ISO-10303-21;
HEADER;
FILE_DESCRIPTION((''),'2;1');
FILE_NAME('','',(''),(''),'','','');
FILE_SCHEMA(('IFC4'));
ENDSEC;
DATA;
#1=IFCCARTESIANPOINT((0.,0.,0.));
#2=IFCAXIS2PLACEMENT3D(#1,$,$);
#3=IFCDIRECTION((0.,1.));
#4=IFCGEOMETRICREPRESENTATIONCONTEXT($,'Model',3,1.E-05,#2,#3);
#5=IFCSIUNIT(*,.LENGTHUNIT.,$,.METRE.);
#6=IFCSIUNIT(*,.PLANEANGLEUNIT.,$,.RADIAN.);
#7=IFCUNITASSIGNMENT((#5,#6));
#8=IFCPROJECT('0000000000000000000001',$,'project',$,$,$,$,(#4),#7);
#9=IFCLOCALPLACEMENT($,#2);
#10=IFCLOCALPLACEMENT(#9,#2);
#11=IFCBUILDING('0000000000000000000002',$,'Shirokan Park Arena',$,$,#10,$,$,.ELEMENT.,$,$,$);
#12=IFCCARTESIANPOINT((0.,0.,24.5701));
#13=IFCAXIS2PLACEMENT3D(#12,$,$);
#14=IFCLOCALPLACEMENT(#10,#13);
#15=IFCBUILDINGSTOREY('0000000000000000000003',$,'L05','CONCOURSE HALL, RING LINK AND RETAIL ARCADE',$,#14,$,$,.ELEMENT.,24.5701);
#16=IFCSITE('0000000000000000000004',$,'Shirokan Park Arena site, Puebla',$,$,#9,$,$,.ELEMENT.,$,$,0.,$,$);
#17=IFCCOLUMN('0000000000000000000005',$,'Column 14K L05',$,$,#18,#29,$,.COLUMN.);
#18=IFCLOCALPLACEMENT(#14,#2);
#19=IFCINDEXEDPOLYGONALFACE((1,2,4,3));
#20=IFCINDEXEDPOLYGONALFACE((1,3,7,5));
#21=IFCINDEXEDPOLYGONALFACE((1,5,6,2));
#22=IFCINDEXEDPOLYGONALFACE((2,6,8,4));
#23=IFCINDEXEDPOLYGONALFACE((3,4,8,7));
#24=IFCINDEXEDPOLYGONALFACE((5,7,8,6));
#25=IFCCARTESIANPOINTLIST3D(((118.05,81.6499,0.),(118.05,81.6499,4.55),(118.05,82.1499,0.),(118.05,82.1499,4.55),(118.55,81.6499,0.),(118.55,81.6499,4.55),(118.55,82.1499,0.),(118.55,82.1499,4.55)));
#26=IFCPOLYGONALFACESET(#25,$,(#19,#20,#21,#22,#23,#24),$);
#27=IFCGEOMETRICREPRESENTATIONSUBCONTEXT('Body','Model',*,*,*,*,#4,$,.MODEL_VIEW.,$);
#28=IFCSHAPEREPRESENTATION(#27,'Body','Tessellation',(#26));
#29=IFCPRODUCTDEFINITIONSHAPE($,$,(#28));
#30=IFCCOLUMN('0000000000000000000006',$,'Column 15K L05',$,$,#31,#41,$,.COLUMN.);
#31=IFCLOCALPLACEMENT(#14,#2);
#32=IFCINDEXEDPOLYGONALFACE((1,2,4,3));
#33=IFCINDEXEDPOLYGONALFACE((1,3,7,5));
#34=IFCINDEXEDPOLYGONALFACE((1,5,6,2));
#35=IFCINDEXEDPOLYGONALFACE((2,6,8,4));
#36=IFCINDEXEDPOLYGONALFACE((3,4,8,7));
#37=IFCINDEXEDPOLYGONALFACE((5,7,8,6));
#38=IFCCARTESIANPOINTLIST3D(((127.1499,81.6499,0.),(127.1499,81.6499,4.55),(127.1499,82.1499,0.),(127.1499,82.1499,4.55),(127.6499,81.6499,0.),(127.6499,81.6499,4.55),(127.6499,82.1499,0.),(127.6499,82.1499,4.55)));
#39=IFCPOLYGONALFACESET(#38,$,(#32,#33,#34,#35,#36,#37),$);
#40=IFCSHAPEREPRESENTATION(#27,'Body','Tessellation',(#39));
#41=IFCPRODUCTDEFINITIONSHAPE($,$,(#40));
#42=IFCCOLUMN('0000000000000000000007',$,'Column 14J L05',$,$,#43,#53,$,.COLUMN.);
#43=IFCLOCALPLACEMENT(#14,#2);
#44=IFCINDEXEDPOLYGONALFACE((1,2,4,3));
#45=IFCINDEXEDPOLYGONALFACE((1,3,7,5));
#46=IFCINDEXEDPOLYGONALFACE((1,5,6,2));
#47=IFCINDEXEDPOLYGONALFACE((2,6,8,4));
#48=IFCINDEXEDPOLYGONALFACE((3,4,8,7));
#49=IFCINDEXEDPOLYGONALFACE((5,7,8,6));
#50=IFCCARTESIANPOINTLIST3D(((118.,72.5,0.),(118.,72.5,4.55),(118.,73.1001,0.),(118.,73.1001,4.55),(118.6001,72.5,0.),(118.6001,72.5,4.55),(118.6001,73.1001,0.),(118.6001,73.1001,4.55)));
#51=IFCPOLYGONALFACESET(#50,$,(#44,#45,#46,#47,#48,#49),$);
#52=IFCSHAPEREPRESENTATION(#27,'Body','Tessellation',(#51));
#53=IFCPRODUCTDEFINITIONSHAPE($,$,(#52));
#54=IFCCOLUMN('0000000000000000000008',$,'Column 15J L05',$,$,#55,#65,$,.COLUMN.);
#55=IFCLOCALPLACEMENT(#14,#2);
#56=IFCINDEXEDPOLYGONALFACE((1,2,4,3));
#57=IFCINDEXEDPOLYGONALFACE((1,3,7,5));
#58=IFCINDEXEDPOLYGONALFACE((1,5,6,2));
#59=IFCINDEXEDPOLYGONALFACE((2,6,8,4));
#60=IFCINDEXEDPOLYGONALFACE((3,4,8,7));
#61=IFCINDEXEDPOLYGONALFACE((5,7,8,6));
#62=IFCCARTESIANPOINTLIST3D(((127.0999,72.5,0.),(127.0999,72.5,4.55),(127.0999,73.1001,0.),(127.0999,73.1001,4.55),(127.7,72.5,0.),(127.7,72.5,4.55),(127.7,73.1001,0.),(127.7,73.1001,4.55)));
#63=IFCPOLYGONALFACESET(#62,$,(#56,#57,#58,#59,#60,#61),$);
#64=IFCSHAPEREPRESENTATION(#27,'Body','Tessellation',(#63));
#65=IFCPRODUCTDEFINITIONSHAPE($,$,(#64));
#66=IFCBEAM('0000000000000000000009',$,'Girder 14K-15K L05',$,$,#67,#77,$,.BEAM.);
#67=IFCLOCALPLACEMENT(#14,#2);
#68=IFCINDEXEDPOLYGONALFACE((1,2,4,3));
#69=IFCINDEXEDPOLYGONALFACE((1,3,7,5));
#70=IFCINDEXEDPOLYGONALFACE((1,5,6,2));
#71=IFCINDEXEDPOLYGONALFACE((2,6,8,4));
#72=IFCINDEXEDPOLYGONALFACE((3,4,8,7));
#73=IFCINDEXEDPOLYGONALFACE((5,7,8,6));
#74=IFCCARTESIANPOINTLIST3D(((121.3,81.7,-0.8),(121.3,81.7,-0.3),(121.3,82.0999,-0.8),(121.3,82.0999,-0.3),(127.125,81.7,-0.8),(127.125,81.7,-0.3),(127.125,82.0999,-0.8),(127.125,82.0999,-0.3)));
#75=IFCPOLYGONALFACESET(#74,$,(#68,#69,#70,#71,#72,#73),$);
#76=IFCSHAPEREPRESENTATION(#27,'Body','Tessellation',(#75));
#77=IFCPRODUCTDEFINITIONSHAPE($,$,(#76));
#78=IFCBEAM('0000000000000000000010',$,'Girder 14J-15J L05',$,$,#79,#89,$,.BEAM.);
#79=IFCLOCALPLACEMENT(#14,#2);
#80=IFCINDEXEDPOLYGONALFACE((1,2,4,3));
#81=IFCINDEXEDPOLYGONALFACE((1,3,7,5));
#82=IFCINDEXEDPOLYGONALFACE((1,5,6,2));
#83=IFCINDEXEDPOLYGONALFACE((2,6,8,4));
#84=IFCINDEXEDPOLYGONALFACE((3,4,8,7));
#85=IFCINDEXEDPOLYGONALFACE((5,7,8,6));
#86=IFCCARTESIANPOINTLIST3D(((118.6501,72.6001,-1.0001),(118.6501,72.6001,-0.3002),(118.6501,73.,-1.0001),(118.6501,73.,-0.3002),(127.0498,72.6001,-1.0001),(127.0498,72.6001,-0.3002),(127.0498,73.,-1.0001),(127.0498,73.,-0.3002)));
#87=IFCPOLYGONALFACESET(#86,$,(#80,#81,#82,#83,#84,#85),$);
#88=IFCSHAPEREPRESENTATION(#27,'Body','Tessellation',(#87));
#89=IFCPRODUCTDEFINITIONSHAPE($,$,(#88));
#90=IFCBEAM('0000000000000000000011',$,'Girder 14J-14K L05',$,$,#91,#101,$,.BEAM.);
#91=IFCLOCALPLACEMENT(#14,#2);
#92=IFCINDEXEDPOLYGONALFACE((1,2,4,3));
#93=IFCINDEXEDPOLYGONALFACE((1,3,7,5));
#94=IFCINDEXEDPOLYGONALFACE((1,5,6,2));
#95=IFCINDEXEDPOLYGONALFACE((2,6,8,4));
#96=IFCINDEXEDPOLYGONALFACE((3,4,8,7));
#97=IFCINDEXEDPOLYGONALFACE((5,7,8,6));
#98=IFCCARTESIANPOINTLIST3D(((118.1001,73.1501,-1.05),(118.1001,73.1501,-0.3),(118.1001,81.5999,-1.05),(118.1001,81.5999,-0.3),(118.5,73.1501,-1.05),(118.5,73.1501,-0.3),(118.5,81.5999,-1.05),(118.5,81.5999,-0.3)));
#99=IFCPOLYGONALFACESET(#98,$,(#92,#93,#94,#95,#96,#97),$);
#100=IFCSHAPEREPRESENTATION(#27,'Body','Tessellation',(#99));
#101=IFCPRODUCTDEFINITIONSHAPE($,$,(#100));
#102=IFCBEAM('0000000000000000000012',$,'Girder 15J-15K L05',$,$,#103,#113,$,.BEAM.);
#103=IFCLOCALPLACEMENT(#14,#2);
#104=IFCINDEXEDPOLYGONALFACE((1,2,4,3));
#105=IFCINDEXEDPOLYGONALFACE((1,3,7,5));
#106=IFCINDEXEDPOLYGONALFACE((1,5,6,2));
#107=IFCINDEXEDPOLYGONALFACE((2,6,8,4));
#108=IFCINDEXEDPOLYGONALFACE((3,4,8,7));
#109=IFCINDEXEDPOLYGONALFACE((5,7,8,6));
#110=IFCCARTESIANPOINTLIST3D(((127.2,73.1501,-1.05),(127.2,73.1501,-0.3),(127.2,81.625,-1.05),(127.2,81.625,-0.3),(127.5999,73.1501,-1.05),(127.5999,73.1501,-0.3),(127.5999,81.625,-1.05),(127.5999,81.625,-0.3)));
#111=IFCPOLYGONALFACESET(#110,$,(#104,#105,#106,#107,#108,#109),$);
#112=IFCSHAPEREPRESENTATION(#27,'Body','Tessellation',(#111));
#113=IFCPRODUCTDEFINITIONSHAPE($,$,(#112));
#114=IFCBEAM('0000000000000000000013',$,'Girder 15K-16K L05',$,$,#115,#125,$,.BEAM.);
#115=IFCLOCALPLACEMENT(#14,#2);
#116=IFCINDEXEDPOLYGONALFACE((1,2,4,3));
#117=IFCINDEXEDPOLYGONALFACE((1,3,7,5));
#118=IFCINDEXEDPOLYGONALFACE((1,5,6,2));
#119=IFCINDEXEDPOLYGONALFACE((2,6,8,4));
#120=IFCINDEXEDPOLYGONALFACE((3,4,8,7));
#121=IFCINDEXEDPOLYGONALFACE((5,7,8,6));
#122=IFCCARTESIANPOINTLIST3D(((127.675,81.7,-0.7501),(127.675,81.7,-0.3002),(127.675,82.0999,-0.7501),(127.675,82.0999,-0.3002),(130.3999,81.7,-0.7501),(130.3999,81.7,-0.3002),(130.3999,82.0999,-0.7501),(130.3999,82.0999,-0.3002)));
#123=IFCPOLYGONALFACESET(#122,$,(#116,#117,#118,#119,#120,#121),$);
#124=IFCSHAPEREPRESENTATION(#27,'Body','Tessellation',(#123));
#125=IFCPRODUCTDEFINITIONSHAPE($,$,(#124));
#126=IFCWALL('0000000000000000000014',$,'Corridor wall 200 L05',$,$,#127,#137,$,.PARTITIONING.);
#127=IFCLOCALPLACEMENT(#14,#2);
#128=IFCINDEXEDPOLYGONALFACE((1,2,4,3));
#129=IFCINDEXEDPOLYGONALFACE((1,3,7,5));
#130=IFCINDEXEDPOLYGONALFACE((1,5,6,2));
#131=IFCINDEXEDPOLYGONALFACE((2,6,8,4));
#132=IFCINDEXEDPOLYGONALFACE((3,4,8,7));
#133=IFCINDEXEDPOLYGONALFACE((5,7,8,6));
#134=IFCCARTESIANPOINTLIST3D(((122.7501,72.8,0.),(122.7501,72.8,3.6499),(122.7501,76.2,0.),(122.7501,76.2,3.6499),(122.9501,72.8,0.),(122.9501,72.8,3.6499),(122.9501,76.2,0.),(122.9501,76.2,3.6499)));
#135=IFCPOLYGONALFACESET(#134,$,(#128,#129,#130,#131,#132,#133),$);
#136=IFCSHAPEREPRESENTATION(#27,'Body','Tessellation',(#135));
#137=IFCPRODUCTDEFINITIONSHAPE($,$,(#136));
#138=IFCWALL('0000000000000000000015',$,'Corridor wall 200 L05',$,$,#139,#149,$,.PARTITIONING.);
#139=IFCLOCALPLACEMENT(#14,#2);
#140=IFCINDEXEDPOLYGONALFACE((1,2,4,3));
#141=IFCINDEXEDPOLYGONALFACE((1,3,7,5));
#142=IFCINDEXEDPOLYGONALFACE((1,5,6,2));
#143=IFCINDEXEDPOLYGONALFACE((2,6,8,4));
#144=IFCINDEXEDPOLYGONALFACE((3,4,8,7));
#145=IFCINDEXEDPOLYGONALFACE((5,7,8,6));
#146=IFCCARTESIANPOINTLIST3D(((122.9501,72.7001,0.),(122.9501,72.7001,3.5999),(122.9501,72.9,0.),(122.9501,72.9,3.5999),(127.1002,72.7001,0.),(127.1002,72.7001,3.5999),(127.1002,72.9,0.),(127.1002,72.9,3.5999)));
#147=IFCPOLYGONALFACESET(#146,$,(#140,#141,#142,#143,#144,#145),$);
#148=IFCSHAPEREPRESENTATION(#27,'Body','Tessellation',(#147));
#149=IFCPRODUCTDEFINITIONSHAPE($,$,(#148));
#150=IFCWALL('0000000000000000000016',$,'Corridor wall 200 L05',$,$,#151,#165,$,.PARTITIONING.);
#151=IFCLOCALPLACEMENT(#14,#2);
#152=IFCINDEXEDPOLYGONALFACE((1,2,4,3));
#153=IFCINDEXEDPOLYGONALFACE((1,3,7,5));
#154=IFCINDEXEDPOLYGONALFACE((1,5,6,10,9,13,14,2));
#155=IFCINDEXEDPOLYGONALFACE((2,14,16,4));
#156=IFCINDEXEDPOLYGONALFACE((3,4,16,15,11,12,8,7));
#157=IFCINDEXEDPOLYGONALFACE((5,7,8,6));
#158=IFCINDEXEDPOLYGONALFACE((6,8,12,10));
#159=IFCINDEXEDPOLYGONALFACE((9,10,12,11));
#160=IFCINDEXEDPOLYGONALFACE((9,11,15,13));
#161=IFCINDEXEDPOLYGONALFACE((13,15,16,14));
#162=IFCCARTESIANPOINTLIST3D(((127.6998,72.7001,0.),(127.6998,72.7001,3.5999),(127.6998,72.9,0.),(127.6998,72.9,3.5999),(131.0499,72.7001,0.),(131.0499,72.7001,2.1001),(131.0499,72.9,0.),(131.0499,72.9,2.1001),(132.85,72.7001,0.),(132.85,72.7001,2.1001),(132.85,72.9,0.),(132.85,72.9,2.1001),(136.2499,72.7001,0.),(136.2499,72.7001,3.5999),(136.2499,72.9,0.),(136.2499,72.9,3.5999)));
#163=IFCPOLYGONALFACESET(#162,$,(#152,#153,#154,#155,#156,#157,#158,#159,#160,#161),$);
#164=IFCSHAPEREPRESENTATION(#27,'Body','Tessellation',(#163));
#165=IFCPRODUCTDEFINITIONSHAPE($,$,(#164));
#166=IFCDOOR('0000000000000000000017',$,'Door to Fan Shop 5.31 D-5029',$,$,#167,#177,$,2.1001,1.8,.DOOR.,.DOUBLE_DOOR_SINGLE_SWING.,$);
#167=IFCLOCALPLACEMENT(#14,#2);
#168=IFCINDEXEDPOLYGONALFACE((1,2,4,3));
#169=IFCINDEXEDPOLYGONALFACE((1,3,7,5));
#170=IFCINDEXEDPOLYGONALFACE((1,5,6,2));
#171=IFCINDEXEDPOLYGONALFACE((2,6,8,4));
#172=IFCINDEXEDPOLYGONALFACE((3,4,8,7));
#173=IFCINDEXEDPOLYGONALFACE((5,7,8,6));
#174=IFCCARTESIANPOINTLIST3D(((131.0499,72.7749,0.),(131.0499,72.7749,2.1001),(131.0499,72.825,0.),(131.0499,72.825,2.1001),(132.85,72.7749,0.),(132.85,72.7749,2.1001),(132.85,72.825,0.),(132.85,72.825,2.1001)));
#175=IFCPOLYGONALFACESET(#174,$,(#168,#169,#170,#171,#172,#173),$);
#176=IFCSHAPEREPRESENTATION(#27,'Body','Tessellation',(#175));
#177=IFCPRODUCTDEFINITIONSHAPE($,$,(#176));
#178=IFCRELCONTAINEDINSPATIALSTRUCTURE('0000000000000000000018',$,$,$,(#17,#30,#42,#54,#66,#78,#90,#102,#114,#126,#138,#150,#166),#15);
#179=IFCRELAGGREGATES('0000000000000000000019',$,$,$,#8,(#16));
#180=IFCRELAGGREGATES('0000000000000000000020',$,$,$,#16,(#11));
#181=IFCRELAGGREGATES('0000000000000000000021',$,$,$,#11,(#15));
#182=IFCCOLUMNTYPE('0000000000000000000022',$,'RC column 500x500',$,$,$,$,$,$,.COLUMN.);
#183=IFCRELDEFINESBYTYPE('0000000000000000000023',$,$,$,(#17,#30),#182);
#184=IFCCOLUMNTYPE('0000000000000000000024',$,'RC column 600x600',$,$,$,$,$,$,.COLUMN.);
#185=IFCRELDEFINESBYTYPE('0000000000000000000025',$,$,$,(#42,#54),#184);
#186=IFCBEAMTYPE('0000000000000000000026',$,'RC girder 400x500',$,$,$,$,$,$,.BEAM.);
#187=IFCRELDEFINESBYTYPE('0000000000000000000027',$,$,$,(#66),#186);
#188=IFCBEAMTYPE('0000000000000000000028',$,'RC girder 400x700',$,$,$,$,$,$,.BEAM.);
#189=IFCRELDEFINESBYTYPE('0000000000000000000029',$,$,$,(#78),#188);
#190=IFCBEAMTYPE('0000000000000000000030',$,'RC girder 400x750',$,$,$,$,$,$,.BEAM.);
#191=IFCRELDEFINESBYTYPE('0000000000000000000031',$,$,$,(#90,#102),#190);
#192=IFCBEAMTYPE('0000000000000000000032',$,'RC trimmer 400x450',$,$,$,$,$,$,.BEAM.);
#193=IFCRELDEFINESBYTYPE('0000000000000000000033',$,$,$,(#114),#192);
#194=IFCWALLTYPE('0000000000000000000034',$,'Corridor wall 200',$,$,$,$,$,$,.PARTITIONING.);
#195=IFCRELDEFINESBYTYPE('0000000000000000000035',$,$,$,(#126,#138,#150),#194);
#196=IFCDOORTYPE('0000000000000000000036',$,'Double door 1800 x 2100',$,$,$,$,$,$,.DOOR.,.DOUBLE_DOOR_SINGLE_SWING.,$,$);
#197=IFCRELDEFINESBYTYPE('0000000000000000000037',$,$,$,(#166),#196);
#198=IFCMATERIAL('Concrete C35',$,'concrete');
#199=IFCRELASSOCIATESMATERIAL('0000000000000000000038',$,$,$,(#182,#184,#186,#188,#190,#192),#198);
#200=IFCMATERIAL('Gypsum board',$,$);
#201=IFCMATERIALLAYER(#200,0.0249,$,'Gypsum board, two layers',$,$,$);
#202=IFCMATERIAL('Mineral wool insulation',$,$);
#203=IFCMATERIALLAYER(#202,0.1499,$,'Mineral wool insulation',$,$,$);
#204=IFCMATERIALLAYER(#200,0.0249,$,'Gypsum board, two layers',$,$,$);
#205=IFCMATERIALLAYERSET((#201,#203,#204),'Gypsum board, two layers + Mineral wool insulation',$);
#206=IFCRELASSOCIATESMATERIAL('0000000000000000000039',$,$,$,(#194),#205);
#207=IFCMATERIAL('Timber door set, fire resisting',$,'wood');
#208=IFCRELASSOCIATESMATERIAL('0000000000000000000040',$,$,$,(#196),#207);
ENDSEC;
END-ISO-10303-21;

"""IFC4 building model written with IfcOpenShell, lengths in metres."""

from ifc_helpers import new_model, si_unit, direction, frame, frame_2d, origin, origin_2d, place, context, subcontext, project, spatial, rectangle, extrude, material, layer, layer_set, material_profile, profile_set, type_object, element, fill, save


model = new_model("IFC4")

# Units and contexts
model_context = context("Model", 3, precision=1e-05, world=origin(), true_north=direction((0.0, 1.0)))
body_context = subcontext(model_context, "Body", "Model", "MODEL_VIEW")
ifc_project = project(units=[si_unit("LENGTHUNIT", "METRE"), si_unit("PLANEANGLEUNIT", "RADIAN")], contexts=[model_context])

# Site, building, storey
site_placement = place(None, origin())
site = spatial("IfcSite", under=ifc_project, at=site_placement, Name="Shirokan Park Arena site, Puebla", CompositionType="ELEMENT", RefElevation=0.0)
building_placement = place(site_placement, origin())
building = spatial("IfcBuilding", under=site, at=building_placement, Name="Shirokan Park Arena", CompositionType="ELEMENT")
storey_placement = place(building_placement, frame((0.0, 0.0, 24.5701)))
storey = spatial("IfcBuildingStorey", under=building, at=storey_placement, Name="L05", Description="CONCOURSE HALL, RING LINK AND RETAIL ARCADE", CompositionType="ELEMENT", Elevation=24.5701)

# Columns
ifc_material_1 = material(Name="Concrete C35", Category="concrete")
ifc_material_profile_1 = material_profile(ifc_material_1, rectangle(XDim=0.5, YDim=0.5, at=origin_2d()), Name="500x500")
ifc_profile_set_1 = profile_set([ifc_material_profile_1], Name="Concrete C35")
column_type_1 = type_object("IfcColumnType", Name="RC column 500x500", PredefinedType="COLUMN", material=ifc_profile_set_1)
for number, where, z_axis, x_axis, name in (
    (1, (118.3, 81.8999, 0.0), (0.0, 0.0, 1.0), (1.0, 0.0, 0.0), "Column 14K L05"),
    (2, (127.3999, 81.8999, 0.0), (0.0, 0.0, 1.0), (1.0, 0.0, 0.0), "Column 15K L05"),
):
    element("IfcColumn", number, at=place(storey_placement, frame(where, z_axis=z_axis, x_axis=x_axis)), inside=storey, type_object=column_type_1, Name=name, PredefinedType="COLUMN", context=body_context, shape_type="SweptSolid", body=[
        extrude(rectangle(XDim=0.5, YDim=0.5, at=origin_2d()), origin(), (0.0, 0.0, 1.0), 4.55),
    ])
ifc_material_profile_2 = material_profile(ifc_material_1, rectangle(XDim=0.6001, YDim=0.6001, at=origin_2d()), Name="600x600")
ifc_profile_set_2 = profile_set([ifc_material_profile_2], Name="Concrete C35")
column_type_2 = type_object("IfcColumnType", Name="RC column 600x600", PredefinedType="COLUMN", material=ifc_profile_set_2)
for number, where, z_axis, x_axis, name in (
    (3, (118.3, 72.8, 0.0), (0.0, 0.0, 1.0), (1.0, 0.0, 0.0), "Column 14J L05"),
    (4, (127.3999, 72.8, 0.0), (0.0, 0.0, 1.0), (1.0, 0.0, 0.0), "Column 15J L05"),
):
    element("IfcColumn", number, at=place(storey_placement, frame(where, z_axis=z_axis, x_axis=x_axis)), inside=storey, type_object=column_type_2, Name=name, PredefinedType="COLUMN", context=body_context, shape_type="SweptSolid", body=[
        extrude(rectangle(XDim=0.6001, YDim=0.6001, at=origin_2d()), origin(), (0.0, 0.0, 1.0), 4.55),
    ])

# Beams
ifc_material_profile_3 = material_profile(ifc_material_1, rectangle(XDim=0.3999, YDim=0.5, at=origin_2d()), Name="400x500")
ifc_profile_set_3 = profile_set([ifc_material_profile_3], Name="Concrete C35")
beam_type_1 = type_object("IfcBeamType", Name="RC girder 400x500", PredefinedType="BEAM", material=ifc_profile_set_3)
beam_1_placement = place(storey_placement, frame((121.3, 81.8999, -0.55), z_axis=(1.0, 0.0, 0.0), x_axis=(0.0, 1.0, 0.0)))
element("IfcBeam", 5, at=beam_1_placement, inside=storey, type_object=beam_type_1, Name="Girder 14K-15K L05", PredefinedType="BEAM", context=body_context, shape_type="SweptSolid", body=[
    extrude(rectangle(XDim=0.3999, YDim=0.5, at=origin_2d()), origin(), (0.0, 0.0, 1.0), 5.825),
])
ifc_material_profile_4 = material_profile(ifc_material_1, rectangle(XDim=0.3999, YDim=0.7, at=origin_2d()), Name="400x700")
ifc_profile_set_4 = profile_set([ifc_material_profile_4], Name="Concrete C35")
beam_type_2 = type_object("IfcBeamType", Name="RC girder 400x700", PredefinedType="BEAM", material=ifc_profile_set_4)
beam_2_placement = place(storey_placement, frame((118.6501, 72.8, -0.6501), z_axis=(1.0, 0.0, 0.0), x_axis=(0.0, 1.0, 0.0)))
element("IfcBeam", 6, at=beam_2_placement, inside=storey, type_object=beam_type_2, Name="Girder 14J-15J L05", PredefinedType="BEAM", context=body_context, shape_type="SweptSolid", body=[
    extrude(rectangle(XDim=0.3999, YDim=0.7, at=origin_2d()), origin(), (0.0, 0.0, 1.0), 8.3997),
])
ifc_material_profile_5 = material_profile(ifc_material_1, rectangle(XDim=0.3999, YDim=0.75, at=origin_2d()), Name="400x750")
ifc_profile_set_5 = profile_set([ifc_material_profile_5], Name="Concrete C35")
beam_type_3 = type_object("IfcBeamType", Name="RC girder 400x750", PredefinedType="BEAM", material=ifc_profile_set_5)
beam_3_placement = place(storey_placement, frame((118.3, 73.1501, -0.675), z_axis=(0.0, 1.0, 0.0), x_axis=(-1.0, 0.0, 0.0)))
element("IfcBeam", 7, at=beam_3_placement, inside=storey, type_object=beam_type_3, Name="Girder 14J-14K L05", PredefinedType="BEAM", context=body_context, shape_type="SweptSolid", body=[
    extrude(rectangle(XDim=0.3999, YDim=0.75, at=origin_2d()), origin(), (0.0, 0.0, 1.0), 8.4497),
])
beam_4_placement = place(storey_placement, frame((127.3999, 73.1501, -0.675), z_axis=(0.0, 1.0, 0.0), x_axis=(-1.0, 0.0, 0.0)))
element("IfcBeam", 8, at=beam_4_placement, inside=storey, type_object=beam_type_3, Name="Girder 15J-15K L05", PredefinedType="BEAM", context=body_context, shape_type="SweptSolid", body=[
    extrude(rectangle(XDim=0.3999, YDim=0.75, at=origin_2d()), origin(), (0.0, 0.0, 1.0), 8.4749),
])
ifc_material_profile_6 = material_profile(ifc_material_1, rectangle(XDim=0.3999, YDim=0.45, at=origin_2d()), Name="400x450")
ifc_profile_set_6 = profile_set([ifc_material_profile_6], Name="Concrete C35")
beam_type_4 = type_object("IfcBeamType", Name="RC trimmer 400x450", PredefinedType="BEAM", material=ifc_profile_set_6)
beam_5_placement = place(storey_placement, frame((127.675, 81.8999, -0.5251), z_axis=(1.0, 0.0, 0.0), x_axis=(0.0, 1.0, 0.0)))
element("IfcBeam", 9, at=beam_5_placement, inside=storey, type_object=beam_type_4, Name="Girder 15K-16K L05", PredefinedType="BEAM", context=body_context, shape_type="SweptSolid", body=[
    extrude(rectangle(XDim=0.3999, YDim=0.45, at=origin_2d()), origin(), (0.0, 0.0, 1.0), 2.7249),
])

# Walls
ifc_material_2 = material(Name="Gypsum board")
ifc_layer_1 = layer(ifc_material_2, 0.0249, Name="Gypsum board, two layers")
ifc_material_3 = material(Name="Mineral wool insulation")
ifc_layer_2 = layer(ifc_material_3, 0.1499, Name="Mineral wool insulation")
ifc_layer_3 = layer(ifc_material_2, 0.0249, Name="Gypsum board, two layers")
ifc_layer_set_1 = layer_set([ifc_layer_1, ifc_layer_2, ifc_layer_3], Name="Gypsum board, two layers + Mineral wool insulation")
wall_type_1 = type_object("IfcWallType", Name="Corridor wall 200", PredefinedType="PARTITIONING", material=ifc_layer_set_1)
wall_1_placement = place(storey_placement, frame((122.8501, 76.2, 0.0), z_axis=(0.0, 0.0, 1.0), x_axis=(0.0, -1.0, 0.0)))
element("IfcWall", 10, at=wall_1_placement, inside=storey, type_object=wall_type_1, Name="Corridor wall 200 L05", PredefinedType="PARTITIONING", context=body_context, shape_type="SweptSolid", body=[
    extrude(rectangle(XDim=3.3999, YDim=0.2, at=frame_2d((1.7, 0.0))), origin(), (0.0, 0.0, 1.0), 3.6499),
])
wall_2_placement = place(storey_placement, frame((122.95, 72.8, 0.0), z_axis=(0.0, 0.0, 1.0), x_axis=(1.0, 0.0, 0.0)))
element("IfcWall", 11, at=wall_2_placement, inside=storey, type_object=wall_type_1, Name="Corridor wall 200 L05", PredefinedType="PARTITIONING", context=body_context, shape_type="SweptSolid", body=[
    extrude(rectangle(XDim=4.1501, YDim=0.2, at=frame_2d((2.0752, 0.0))), origin(), (0.0, 0.0, 1.0), 3.5999),
])

# Wall, opening, door
wall_3_placement = place(storey_placement, frame((127.7, 72.8, 0.0), z_axis=(0.0, 0.0, 1.0), x_axis=(1.0, 0.0, 0.0)))
wall_3 = element("IfcWall", 12, at=wall_3_placement, inside=storey, type_object=wall_type_1, Name="Corridor wall 200 L05", PredefinedType="PARTITIONING", context=body_context, shape_type="SweptSolid", body=[
    extrude(rectangle(XDim=8.55, YDim=0.2, at=frame_2d((4.2749, 0.0))), origin(), (0.0, 0.0, 1.0), 3.5999),
])
opening_1_placement = place(wall_3_placement, frame((3.3501, 0.0, 0.0)))
opening_1 = element("IfcOpeningElement", 13, at=opening_1_placement, cuts=wall_3, PredefinedType="OPENING", context=body_context, shape_type="SweptSolid", body=[
    extrude(rectangle(XDim=1.8, YDim=2.1001, at=frame_2d((0.8999, 1.05))), frame((0.0, 0.1099, 0.0), z_axis=(0.0, -1.0, 0.0), x_axis=(1.0, 0.0, 0.0)), (0.0, 0.0, 1.0), 0.22),
])
ifc_material_4 = material(Name="Timber door set, fire resisting", Category="wood")
door_type_1 = type_object("IfcDoorType", Name="Double door 1800 x 2100", OperationType="DOUBLE_DOOR_SINGLE_SWING", PredefinedType="DOOR", material=ifc_material_4)
door_1_placement = place(opening_1_placement, origin())
door_1 = element("IfcDoor", 14, at=door_1_placement, inside=storey, type_object=door_type_1, Name="Door to Fan Shop 5.31 D-5029", OperationType="DOUBLE_DOOR_SINGLE_SWING", OverallHeight=2.1001, OverallWidth=1.8, PredefinedType="DOOR", context=body_context, shape_type="SweptSolid", body=[
    extrude(rectangle(XDim=1.8, YDim=2.1001, at=frame_2d((0.8999, 1.05))), frame((0.0, 0.0249, 0.0), z_axis=(0.0, -1.0, 0.0), x_axis=(1.0, 0.0, 0.0)), (0.0, 0.0, 1.0), 0.05),
])
fill(opening_1, door_1)

save(model, "model.ifc")
